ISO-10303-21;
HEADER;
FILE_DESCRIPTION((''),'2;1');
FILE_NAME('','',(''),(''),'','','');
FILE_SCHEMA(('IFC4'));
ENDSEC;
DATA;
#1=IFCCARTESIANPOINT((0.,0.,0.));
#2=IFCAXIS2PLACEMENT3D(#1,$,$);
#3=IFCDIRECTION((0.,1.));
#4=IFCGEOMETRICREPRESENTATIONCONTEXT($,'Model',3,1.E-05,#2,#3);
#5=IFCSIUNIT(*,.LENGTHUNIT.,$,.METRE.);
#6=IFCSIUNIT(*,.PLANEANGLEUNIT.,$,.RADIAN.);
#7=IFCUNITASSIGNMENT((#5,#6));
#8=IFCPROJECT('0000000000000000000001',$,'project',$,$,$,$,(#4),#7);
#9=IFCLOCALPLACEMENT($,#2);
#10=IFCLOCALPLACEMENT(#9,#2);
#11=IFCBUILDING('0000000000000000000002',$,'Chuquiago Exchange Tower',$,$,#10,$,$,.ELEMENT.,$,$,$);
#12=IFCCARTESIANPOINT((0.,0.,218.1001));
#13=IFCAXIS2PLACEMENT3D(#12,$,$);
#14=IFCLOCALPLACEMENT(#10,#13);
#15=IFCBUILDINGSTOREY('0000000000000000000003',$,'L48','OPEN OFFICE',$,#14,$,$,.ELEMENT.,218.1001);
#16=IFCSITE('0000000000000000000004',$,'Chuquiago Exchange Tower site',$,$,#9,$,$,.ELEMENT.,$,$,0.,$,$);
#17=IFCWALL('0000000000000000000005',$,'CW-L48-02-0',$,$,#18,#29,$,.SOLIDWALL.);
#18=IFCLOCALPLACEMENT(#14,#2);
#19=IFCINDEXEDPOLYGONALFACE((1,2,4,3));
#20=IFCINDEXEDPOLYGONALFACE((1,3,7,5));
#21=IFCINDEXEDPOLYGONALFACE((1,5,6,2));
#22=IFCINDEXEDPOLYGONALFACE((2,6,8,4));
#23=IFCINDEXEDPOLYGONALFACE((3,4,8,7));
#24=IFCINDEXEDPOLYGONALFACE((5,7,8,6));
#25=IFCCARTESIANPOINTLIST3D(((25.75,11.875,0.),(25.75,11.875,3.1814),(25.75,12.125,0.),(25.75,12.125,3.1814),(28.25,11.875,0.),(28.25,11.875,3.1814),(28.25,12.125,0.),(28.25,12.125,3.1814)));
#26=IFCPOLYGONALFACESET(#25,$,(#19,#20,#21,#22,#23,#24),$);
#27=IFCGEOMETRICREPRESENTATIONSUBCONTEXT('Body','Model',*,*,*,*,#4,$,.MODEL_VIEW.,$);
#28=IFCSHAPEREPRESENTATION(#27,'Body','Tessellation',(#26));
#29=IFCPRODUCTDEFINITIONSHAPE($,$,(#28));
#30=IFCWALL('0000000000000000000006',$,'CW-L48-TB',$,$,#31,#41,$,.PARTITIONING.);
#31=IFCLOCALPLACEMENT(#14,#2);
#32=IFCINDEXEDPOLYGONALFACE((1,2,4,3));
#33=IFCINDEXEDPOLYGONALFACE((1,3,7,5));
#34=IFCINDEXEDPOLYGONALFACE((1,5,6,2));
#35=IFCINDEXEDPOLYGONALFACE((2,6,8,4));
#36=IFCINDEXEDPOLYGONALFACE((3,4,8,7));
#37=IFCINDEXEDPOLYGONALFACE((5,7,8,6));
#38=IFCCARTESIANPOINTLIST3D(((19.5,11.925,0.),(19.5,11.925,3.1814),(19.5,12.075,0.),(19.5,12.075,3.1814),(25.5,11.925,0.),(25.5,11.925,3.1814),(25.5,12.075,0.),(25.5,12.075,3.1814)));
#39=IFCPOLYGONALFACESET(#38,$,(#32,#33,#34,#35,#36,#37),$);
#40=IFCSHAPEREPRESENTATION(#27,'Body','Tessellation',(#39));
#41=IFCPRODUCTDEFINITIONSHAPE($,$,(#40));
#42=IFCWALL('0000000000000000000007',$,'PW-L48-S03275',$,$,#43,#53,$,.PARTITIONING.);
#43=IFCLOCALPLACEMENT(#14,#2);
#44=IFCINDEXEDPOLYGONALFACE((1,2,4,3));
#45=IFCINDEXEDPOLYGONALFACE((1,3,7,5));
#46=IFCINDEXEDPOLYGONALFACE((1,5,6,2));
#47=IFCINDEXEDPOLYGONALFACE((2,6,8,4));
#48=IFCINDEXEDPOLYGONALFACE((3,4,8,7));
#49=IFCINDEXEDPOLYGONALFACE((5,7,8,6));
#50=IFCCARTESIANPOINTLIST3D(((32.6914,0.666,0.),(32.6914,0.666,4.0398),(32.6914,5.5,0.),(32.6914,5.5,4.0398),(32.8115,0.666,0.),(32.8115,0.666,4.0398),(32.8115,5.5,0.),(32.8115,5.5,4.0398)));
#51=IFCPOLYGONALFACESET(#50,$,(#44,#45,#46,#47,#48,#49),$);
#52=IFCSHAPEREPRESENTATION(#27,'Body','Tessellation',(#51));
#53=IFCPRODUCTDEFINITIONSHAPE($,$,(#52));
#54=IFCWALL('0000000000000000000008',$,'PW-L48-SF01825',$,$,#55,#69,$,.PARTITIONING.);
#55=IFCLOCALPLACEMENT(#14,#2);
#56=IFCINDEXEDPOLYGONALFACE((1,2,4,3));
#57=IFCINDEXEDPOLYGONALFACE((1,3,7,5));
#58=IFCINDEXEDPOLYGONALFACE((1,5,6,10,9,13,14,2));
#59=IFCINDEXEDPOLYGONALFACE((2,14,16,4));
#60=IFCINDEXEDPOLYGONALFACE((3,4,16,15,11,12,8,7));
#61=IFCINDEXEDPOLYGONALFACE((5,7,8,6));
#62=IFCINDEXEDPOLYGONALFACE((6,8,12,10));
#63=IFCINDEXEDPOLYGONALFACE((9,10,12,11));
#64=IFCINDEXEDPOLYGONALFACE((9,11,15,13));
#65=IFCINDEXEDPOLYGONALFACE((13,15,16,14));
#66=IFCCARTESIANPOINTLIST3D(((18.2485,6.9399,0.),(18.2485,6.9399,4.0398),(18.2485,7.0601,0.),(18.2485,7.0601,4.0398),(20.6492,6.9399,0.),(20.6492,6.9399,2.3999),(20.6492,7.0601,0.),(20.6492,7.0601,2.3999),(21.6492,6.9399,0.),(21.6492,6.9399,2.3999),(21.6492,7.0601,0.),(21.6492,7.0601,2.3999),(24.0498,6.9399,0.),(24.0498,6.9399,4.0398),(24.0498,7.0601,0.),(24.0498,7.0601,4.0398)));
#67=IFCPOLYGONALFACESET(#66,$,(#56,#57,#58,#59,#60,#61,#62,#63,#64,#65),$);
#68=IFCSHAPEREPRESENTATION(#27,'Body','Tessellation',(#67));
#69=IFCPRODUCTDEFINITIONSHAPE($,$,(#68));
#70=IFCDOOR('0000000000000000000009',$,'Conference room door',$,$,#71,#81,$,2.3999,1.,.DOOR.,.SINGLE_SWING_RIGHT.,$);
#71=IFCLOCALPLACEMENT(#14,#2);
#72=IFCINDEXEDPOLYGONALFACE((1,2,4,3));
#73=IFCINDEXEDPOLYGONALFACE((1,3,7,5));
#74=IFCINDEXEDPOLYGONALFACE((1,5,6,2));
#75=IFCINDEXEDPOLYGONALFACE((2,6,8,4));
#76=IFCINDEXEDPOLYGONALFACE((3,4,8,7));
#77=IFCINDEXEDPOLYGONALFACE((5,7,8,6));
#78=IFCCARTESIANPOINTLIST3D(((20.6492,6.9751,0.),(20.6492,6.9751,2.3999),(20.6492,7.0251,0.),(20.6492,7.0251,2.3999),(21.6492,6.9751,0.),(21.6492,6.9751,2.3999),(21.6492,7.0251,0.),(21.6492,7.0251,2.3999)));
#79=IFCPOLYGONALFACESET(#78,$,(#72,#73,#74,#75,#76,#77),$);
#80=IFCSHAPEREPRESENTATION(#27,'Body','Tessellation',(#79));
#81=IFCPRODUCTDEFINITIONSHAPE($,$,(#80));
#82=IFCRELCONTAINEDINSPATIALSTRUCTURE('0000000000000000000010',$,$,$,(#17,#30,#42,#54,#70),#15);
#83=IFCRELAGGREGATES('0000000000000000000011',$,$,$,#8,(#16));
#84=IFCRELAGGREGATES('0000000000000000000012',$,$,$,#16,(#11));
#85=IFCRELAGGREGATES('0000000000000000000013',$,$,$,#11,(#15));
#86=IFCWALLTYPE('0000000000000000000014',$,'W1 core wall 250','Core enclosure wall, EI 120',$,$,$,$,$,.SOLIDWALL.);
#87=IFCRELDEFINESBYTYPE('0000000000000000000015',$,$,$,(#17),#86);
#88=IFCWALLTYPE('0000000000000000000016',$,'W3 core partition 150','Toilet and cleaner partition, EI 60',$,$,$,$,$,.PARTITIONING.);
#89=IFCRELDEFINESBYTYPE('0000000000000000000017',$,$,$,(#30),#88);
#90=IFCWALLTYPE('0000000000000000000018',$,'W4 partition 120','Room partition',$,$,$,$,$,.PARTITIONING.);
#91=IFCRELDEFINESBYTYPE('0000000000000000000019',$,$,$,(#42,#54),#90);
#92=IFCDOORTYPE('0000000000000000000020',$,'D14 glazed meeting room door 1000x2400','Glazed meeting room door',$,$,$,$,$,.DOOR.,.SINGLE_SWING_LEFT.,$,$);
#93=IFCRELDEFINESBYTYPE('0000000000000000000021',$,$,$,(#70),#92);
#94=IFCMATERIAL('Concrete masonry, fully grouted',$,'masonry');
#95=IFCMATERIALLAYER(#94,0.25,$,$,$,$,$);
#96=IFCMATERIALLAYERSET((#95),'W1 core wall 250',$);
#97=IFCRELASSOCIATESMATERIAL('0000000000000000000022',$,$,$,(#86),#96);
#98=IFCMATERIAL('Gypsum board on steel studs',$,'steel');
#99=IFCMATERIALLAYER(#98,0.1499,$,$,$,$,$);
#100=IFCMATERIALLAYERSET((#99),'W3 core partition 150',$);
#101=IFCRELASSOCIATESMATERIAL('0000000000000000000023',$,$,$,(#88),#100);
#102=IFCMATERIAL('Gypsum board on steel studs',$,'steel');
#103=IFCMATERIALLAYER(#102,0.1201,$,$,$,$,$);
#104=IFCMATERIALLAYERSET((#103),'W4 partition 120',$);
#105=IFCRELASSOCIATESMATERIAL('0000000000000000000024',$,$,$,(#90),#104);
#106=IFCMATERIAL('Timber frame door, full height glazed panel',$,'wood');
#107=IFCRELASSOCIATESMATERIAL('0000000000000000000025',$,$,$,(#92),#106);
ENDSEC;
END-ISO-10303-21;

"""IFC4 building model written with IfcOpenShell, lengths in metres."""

from ifc_helpers import new_model, si_unit, direction, frame, frame_2d, origin, place, context, subcontext, project, spatial, rectangle, extrude, material, layer, layer_set, type_object, element, fill, save


model = new_model("IFC4")

# Units and contexts
model_context = context("Model", 3, precision=1e-05, world=origin(), true_north=direction((0.0, 1.0)))
body_context = subcontext(model_context, "Body", "Model", "MODEL_VIEW")
ifc_project = project(units=[si_unit("LENGTHUNIT", "METRE"), si_unit("PLANEANGLEUNIT", "RADIAN")], contexts=[model_context])

# Site, building, storey
site_placement = place(None, origin())
site = spatial("IfcSite", under=ifc_project, at=site_placement, Name="Chuquiago Exchange Tower site", CompositionType="ELEMENT", RefElevation=0.0)
building_placement = place(site_placement, origin())
building = spatial("IfcBuilding", under=site, at=building_placement, Name="Chuquiago Exchange Tower", CompositionType="ELEMENT")
storey_placement = place(building_placement, frame((0.0, 0.0, 218.1001)))
storey = spatial("IfcBuildingStorey", under=building, at=storey_placement, Name="L48", Description="OPEN OFFICE", CompositionType="ELEMENT", Elevation=218.1001)

# Walls
ifc_material_1 = material(Name="Concrete masonry, fully grouted", Category="masonry")
ifc_layer_1 = layer(ifc_material_1, 0.25)
ifc_layer_set_1 = layer_set([ifc_layer_1], Name="W1 core wall 250")
wall_type_1 = type_object("IfcWallType", Name="W1 core wall 250", Description="Core enclosure wall, EI 120", PredefinedType="SOLIDWALL", material=ifc_layer_set_1)
wall_1_placement = place(storey_placement, frame((25.75, 12.0, 0.0), z_axis=(0.0, 0.0, 1.0), x_axis=(1.0, 0.0, 0.0)))
element("IfcWall", 1, at=wall_1_placement, inside=storey, type_object=wall_type_1, Name="CW-L48-02-0", PredefinedType="SOLIDWALL", context=body_context, shape_type="SweptSolid", body=[
    extrude(rectangle(XDim=2.5, YDim=0.25, at=frame_2d((1.25, 0.0))), origin(), (0.0, 0.0, 1.0), 3.1814),
])
ifc_material_2 = material(Name="Gypsum board on steel studs", Category="steel")
ifc_layer_2 = layer(ifc_material_2, 0.1499)
ifc_layer_set_2 = layer_set([ifc_layer_2], Name="W3 core partition 150")
wall_type_2 = type_object("IfcWallType", Name="W3 core partition 150", Description="Toilet and cleaner partition, EI 60", PredefinedType="PARTITIONING", material=ifc_layer_set_2)
wall_2_placement = place(storey_placement, frame((19.5, 12.0, 0.0), z_axis=(0.0, 0.0, 1.0), x_axis=(1.0, 0.0, 0.0)))
element("IfcWall", 2, at=wall_2_placement, inside=storey, type_object=wall_type_2, Name="CW-L48-TB", PredefinedType="PARTITIONING", context=body_context, shape_type="SweptSolid", body=[
    extrude(rectangle(XDim=6.0, YDim=0.1499, at=frame_2d((3.0, 0.0))), origin(), (0.0, 0.0, 1.0), 3.1814),
])
ifc_material_3 = material(Name="Gypsum board on steel studs", Category="steel")
ifc_layer_3 = layer(ifc_material_3, 0.1201)
ifc_layer_set_3 = layer_set([ifc_layer_3], Name="W4 partition 120")
wall_type_3 = type_object("IfcWallType", Name="W4 partition 120", Description="Room partition", PredefinedType="PARTITIONING", material=ifc_layer_set_3)
wall_3_placement = place(storey_placement, frame((32.7515, 0.666, 0.0), z_axis=(0.0, 0.0, 1.0), x_axis=(0.0, 1.0, 0.0)))
element("IfcWall", 3, at=wall_3_placement, inside=storey, type_object=wall_type_3, Name="PW-L48-S03275", PredefinedType="PARTITIONING", context=body_context, shape_type="SweptSolid", body=[
    extrude(rectangle(XDim=4.834, YDim=0.1201, at=frame_2d((2.417, 0.0))), origin(), (0.0, 0.0, 1.0), 4.0398),
])

# Wall, opening, door
wall_4_placement = place(storey_placement, frame((18.2485, 7.0, 0.0), z_axis=(0.0, 0.0, 1.0), x_axis=(1.0, 0.0, 0.0)))
wall_4 = element("IfcWall", 4, at=wall_4_placement, inside=storey, type_object=wall_type_3, Name="PW-L48-SF01825", PredefinedType="PARTITIONING", context=body_context, shape_type="SweptSolid", body=[
    extrude(rectangle(XDim=5.8013, YDim=0.1201, at=frame_2d((2.9006, 0.0))), origin(), (0.0, 0.0, 1.0), 4.0398),
])
opening_1_placement = place(wall_4_placement, frame((2.4006, 0.0, 0.0)))
opening_1 = element("IfcOpeningElement", 5, at=opening_1_placement, cuts=wall_4, PredefinedType="OPENING", context=body_context, shape_type="SweptSolid", body=[
    extrude(rectangle(XDim=1.0, YDim=2.3999, at=frame_2d((0.5, 1.2))), frame((0.0, 0.0701, 0.0), z_axis=(0.0, -1.0, 0.0), x_axis=(1.0, 0.0, 0.0)), (0.0, 0.0, 1.0), 0.1401),
])
ifc_material_4 = material(Name="Timber frame door, full height glazed panel", Category="wood")
door_type_1 = type_object("IfcDoorType", Name="D14 glazed meeting room door 1000x2400", Description="Glazed meeting room door", OperationType="SINGLE_SWING_LEFT", PredefinedType="DOOR", material=ifc_material_4)
door_1_placement = place(opening_1_placement, frame((1.0, 0.0, 0.0), z_axis=(0.0, 0.0, 1.0), x_axis=(-1.0, 0.0, 0.0)))
door_1 = element("IfcDoor", 6, at=door_1_placement, inside=storey, type_object=door_type_1, Name="Conference room door", OperationType="SINGLE_SWING_RIGHT", OverallHeight=2.3999, OverallWidth=1.0, PredefinedType="DOOR", context=body_context, shape_type="SweptSolid", body=[
    extrude(rectangle(XDim=1.0, YDim=2.3999, at=frame_2d((0.5, 1.2))), frame((0.0, 0.0249, 0.0), z_axis=(0.0, -1.0, 0.0), x_axis=(1.0, 0.0, 0.0)), (0.0, 0.0, 1.0), 0.05),
])
fill(opening_1, door_1)

save(model, "model.ifc")
